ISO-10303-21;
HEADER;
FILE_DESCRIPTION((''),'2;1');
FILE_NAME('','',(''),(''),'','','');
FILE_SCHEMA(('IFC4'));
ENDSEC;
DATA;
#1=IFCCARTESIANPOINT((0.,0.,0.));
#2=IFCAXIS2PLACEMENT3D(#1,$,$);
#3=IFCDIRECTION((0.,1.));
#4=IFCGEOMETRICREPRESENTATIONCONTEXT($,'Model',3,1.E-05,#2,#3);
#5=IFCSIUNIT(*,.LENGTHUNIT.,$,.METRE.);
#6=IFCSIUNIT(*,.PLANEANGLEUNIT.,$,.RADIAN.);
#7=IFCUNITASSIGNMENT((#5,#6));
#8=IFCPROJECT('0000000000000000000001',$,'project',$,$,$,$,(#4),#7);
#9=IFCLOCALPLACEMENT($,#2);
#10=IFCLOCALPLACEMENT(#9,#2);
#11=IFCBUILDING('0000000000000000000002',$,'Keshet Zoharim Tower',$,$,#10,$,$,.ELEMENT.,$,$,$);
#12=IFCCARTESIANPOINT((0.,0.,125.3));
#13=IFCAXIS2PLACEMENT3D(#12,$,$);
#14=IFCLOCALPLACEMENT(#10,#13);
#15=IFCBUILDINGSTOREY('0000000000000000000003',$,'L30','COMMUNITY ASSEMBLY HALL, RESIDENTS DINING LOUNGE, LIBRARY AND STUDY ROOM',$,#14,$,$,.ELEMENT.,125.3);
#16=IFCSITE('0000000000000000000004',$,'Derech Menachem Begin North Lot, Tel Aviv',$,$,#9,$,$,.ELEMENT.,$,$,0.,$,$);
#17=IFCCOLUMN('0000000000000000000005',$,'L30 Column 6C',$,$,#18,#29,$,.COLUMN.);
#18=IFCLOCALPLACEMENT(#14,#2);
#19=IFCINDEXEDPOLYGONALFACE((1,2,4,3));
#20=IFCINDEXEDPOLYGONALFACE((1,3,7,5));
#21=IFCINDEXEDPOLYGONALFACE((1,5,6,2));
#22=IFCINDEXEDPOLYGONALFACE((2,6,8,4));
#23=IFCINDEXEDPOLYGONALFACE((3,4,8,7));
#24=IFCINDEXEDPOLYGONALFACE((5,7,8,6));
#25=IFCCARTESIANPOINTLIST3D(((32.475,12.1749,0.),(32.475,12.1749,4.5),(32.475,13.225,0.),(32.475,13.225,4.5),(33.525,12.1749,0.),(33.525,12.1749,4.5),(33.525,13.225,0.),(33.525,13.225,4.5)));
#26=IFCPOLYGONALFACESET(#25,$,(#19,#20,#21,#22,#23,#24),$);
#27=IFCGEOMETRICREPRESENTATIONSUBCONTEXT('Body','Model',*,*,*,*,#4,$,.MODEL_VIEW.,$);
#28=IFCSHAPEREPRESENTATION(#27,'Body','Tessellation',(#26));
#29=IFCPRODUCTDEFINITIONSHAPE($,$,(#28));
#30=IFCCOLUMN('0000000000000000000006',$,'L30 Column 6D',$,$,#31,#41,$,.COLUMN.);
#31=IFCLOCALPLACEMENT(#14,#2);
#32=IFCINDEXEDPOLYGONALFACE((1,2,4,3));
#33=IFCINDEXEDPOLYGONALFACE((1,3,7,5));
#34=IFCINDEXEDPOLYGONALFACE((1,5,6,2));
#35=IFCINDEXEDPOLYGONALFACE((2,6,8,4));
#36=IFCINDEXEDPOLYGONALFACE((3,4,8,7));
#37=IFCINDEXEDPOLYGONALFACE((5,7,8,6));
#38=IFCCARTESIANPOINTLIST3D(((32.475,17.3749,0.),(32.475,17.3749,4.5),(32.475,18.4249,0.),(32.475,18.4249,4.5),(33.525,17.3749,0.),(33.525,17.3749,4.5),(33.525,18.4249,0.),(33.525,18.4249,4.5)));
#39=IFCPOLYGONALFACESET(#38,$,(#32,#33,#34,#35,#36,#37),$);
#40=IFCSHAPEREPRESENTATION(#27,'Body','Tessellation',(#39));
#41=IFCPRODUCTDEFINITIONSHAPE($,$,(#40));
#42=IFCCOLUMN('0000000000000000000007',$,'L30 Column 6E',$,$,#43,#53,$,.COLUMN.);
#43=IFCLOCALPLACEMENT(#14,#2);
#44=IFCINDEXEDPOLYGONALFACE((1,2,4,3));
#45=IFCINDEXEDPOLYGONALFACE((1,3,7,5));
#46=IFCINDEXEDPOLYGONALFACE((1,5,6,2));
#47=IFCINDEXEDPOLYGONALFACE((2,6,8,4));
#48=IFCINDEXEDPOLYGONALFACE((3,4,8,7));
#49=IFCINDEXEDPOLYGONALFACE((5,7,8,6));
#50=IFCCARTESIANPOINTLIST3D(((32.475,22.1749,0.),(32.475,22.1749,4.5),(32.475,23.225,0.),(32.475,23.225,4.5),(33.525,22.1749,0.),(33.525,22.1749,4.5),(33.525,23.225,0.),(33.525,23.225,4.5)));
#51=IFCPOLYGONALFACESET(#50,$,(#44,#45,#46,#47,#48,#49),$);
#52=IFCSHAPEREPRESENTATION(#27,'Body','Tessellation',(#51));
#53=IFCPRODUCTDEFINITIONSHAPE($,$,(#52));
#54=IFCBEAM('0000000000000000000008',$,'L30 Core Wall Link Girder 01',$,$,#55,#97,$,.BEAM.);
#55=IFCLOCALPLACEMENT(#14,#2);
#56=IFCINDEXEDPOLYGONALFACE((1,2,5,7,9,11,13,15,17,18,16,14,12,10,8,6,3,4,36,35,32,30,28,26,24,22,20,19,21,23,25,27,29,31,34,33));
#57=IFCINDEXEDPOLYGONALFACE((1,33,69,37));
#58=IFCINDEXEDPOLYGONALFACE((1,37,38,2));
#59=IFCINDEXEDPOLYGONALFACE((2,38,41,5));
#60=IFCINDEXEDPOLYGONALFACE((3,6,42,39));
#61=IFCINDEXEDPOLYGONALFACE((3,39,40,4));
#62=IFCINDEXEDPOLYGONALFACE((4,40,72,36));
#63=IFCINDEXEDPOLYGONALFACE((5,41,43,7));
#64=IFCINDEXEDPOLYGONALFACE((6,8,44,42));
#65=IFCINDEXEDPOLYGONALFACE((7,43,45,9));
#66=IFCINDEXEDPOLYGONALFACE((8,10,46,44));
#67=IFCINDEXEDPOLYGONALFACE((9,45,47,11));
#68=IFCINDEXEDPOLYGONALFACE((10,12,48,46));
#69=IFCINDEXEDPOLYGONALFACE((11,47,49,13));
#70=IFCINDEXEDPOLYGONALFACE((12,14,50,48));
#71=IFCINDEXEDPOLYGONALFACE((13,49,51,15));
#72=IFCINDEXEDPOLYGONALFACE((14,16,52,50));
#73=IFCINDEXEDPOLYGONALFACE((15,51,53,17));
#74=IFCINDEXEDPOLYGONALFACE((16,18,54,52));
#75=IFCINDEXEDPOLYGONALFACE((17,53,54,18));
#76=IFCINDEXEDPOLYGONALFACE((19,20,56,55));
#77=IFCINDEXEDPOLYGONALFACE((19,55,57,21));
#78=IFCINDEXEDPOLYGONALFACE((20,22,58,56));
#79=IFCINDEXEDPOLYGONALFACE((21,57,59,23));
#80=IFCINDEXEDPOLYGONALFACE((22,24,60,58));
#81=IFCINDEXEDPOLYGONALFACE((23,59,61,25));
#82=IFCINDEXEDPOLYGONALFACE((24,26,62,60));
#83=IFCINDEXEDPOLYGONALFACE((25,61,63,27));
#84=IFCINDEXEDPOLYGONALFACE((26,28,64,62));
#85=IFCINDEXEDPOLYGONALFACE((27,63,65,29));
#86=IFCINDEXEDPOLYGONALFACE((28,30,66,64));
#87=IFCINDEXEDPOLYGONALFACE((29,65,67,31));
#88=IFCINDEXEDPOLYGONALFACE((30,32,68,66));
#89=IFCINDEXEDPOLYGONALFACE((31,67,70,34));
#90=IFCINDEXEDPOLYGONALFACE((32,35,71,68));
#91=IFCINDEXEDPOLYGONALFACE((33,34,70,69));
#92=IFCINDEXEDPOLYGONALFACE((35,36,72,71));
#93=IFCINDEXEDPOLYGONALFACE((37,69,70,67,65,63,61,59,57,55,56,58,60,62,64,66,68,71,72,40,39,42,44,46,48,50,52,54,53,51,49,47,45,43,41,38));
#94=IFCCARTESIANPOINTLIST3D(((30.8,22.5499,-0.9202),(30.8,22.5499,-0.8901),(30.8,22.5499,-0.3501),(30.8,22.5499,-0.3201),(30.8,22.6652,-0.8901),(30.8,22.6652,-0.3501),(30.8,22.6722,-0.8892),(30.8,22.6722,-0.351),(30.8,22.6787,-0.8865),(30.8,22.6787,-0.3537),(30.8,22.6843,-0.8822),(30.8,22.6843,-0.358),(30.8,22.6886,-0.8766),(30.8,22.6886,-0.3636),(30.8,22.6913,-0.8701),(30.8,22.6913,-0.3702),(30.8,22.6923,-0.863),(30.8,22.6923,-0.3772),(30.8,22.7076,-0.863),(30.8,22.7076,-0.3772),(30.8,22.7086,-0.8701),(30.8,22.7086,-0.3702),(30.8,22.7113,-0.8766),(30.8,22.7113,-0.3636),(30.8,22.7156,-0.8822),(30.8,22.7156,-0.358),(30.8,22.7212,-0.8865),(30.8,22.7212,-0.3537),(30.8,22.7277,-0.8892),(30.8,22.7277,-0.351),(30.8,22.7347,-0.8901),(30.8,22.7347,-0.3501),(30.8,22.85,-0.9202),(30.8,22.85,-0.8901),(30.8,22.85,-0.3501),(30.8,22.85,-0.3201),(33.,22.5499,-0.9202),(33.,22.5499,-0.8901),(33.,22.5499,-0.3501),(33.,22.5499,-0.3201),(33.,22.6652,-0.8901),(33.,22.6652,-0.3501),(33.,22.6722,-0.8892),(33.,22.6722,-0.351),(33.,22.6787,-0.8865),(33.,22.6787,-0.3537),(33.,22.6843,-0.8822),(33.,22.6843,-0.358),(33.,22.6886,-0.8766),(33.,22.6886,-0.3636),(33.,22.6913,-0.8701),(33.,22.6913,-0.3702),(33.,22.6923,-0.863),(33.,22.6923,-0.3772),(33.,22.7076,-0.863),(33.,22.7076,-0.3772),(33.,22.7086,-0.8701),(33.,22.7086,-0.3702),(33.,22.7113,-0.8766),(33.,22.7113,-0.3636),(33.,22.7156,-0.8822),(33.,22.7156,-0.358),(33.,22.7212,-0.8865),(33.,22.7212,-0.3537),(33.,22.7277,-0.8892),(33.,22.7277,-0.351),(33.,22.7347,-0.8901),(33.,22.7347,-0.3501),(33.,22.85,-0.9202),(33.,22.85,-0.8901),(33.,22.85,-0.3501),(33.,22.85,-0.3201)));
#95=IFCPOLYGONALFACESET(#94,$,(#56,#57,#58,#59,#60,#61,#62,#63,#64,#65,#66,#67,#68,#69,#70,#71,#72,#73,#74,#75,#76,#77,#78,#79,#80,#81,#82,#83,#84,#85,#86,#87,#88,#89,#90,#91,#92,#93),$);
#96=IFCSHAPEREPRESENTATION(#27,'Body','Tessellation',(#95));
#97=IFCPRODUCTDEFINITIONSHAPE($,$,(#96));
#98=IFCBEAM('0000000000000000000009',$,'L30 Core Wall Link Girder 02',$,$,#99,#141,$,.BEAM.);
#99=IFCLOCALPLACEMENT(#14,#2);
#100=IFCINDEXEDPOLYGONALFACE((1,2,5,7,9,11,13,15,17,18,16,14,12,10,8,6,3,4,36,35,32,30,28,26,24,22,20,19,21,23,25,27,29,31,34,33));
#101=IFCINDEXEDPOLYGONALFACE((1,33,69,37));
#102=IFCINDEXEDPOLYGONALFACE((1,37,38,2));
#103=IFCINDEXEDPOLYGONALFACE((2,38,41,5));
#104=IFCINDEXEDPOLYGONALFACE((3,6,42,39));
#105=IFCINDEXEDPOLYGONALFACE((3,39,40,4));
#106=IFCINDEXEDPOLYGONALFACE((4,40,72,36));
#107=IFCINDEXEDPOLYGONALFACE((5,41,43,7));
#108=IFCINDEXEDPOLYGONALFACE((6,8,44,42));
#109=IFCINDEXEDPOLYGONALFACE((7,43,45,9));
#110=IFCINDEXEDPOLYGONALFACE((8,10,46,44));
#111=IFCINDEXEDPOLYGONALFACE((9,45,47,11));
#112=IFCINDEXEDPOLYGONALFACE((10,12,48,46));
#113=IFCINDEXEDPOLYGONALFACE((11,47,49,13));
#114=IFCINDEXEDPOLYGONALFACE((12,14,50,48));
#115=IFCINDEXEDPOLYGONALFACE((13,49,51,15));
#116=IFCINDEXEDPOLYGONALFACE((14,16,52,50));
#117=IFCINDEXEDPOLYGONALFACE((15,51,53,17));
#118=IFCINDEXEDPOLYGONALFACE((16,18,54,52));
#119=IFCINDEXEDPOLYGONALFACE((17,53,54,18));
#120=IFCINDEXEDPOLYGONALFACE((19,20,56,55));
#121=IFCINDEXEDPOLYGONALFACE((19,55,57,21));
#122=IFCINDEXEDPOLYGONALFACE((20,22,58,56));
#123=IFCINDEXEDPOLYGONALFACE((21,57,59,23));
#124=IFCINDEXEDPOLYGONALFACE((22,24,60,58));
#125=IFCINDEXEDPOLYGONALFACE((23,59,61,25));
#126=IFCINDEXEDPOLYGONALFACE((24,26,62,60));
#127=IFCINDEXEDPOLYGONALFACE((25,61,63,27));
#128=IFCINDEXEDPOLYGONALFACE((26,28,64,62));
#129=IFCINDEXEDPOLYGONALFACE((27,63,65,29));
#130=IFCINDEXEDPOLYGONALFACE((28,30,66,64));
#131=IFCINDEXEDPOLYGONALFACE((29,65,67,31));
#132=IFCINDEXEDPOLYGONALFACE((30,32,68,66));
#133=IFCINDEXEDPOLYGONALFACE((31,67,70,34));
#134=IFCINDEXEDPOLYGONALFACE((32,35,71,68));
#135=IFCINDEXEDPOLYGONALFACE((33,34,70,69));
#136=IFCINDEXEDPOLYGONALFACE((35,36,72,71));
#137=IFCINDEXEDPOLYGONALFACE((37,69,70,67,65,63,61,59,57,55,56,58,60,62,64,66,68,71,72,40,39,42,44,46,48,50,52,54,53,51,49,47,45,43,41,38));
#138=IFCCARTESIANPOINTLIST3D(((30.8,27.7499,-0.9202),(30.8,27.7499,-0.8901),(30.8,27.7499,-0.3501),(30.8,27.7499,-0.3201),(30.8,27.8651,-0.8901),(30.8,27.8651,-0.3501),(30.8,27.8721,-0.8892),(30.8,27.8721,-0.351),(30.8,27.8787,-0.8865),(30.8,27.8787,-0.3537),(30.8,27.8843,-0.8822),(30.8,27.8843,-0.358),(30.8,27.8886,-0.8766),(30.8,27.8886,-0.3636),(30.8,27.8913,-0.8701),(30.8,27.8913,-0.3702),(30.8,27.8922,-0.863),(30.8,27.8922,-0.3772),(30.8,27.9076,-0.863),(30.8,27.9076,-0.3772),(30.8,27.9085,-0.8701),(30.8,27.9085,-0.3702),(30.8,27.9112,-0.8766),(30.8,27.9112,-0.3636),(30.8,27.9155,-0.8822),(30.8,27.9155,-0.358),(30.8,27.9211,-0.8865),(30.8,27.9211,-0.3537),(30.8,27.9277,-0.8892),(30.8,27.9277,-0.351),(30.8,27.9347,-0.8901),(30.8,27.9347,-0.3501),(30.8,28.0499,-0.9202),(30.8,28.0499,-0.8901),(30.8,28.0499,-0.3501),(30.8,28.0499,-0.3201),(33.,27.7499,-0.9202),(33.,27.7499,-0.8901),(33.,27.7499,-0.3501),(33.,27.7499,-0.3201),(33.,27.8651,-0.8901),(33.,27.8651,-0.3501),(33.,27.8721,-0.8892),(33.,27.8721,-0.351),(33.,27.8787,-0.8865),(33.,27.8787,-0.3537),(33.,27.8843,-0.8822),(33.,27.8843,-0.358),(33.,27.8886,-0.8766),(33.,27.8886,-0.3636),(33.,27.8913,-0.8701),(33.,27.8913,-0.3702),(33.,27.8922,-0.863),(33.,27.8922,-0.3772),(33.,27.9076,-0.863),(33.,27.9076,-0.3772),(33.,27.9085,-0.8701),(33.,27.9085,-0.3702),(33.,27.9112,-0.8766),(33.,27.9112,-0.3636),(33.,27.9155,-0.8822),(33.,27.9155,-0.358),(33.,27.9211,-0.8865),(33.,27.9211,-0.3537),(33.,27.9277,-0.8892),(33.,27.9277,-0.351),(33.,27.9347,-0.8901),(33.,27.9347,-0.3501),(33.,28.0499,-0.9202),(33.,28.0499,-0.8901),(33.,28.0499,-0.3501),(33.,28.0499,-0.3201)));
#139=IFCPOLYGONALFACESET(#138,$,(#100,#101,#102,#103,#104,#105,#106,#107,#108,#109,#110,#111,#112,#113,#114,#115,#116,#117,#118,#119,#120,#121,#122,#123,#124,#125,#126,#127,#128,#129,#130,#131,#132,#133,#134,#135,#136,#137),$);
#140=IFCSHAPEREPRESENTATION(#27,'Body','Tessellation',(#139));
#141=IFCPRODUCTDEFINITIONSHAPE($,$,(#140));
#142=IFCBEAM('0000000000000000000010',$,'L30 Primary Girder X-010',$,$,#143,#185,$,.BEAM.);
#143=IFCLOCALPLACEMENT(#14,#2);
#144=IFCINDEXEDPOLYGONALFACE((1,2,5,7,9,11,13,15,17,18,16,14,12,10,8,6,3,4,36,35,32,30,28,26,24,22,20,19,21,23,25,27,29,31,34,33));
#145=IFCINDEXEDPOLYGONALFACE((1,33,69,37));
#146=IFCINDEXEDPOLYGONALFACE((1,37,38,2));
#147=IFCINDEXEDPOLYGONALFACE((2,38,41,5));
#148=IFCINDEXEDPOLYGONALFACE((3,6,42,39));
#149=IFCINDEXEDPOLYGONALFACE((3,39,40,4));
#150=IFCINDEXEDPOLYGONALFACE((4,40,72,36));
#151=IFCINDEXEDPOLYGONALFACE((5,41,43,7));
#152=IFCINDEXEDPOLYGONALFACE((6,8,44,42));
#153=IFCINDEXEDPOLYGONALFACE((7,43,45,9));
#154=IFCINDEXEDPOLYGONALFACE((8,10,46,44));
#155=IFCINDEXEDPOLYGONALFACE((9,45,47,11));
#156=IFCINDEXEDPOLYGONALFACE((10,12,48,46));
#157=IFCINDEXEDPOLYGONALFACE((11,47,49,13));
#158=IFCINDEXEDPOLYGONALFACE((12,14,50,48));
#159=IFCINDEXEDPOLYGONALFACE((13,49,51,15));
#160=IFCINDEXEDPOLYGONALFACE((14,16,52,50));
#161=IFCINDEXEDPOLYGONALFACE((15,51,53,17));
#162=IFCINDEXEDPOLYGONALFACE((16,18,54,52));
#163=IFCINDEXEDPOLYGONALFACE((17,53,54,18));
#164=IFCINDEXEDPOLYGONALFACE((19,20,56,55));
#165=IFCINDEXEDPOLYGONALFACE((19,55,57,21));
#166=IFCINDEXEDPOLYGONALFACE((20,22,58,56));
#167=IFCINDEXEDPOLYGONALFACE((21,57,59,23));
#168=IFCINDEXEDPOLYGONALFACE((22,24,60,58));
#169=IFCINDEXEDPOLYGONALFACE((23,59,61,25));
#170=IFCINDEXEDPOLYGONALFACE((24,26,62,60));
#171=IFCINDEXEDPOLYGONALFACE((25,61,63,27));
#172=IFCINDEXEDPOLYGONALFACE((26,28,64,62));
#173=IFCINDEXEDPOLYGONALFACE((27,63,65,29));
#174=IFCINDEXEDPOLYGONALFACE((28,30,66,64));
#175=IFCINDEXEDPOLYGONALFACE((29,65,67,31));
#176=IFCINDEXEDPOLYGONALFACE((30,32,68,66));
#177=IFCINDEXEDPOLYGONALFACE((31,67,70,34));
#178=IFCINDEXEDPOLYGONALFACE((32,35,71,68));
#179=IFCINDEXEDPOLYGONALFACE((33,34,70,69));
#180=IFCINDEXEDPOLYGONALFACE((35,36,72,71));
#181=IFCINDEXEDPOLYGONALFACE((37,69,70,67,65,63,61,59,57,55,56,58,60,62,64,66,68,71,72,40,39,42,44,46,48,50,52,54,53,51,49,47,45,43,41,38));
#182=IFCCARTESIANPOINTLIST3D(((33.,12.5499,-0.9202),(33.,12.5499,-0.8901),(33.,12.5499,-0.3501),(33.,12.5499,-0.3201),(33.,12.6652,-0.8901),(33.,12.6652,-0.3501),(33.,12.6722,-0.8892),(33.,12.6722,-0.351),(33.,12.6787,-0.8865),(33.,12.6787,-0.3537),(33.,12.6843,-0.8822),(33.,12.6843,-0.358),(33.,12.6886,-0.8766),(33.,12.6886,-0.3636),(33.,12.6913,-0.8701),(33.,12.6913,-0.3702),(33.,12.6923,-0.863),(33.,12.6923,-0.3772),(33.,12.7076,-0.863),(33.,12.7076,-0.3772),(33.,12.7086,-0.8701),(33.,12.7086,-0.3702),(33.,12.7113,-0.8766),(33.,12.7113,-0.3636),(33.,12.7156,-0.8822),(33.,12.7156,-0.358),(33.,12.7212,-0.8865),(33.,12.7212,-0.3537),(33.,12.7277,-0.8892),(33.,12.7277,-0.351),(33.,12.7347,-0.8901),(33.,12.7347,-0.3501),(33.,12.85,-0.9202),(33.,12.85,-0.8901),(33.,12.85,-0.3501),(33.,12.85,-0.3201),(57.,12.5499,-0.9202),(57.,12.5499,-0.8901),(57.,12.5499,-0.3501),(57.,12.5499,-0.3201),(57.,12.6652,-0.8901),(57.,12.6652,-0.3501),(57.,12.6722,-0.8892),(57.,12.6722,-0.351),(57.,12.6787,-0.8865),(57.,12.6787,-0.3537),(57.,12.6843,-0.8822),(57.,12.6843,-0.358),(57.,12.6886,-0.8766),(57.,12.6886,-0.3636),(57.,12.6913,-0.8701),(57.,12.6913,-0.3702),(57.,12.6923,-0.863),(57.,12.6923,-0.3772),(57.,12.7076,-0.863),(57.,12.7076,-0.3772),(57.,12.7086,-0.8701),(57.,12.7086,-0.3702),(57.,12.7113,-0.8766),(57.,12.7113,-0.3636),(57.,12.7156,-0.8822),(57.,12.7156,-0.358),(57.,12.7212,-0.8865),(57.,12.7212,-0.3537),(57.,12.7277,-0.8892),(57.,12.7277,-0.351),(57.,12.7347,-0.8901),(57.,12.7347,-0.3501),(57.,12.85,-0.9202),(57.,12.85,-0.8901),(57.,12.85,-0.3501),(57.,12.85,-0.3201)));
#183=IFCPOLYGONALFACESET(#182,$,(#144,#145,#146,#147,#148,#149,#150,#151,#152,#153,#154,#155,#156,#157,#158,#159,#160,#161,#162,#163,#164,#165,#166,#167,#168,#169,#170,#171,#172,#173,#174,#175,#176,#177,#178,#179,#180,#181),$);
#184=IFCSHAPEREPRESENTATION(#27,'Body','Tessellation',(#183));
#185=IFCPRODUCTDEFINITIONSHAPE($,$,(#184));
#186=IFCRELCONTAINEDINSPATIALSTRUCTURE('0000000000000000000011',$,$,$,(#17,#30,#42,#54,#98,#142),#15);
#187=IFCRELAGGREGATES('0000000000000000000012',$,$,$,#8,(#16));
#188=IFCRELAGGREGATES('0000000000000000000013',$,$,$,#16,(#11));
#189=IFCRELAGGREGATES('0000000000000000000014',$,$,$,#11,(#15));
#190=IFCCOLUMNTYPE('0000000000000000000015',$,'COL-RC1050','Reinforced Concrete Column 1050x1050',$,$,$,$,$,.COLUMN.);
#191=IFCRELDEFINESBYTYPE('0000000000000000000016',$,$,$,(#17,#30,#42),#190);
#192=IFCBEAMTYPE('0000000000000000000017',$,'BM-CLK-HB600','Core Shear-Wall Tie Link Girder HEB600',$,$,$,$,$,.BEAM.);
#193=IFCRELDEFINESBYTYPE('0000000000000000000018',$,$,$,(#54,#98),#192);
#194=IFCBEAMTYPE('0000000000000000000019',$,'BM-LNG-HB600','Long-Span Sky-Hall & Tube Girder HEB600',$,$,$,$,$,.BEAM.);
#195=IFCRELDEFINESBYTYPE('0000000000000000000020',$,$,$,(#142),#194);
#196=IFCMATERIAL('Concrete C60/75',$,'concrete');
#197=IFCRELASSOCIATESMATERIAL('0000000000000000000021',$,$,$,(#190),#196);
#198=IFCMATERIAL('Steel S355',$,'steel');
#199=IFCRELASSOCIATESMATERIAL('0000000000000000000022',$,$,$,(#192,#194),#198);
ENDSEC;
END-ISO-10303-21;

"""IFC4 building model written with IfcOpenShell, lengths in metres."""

from ifc_helpers import new_model, si_unit, direction, frame, origin, origin_2d, place, context, subcontext, project, spatial, rectangle, i_section, extrude, material, material_profile, profile_set, type_object, element, save


model = new_model("IFC4")

# Units and contexts
model_context = context("Model", 3, precision=1e-05, world=origin(), true_north=direction((0.0, 1.0)))
body_context = subcontext(model_context, "Body", "Model", "MODEL_VIEW")
ifc_project = project(units=[si_unit("LENGTHUNIT", "METRE"), si_unit("PLANEANGLEUNIT", "RADIAN")], contexts=[model_context])

# Site, building, storey
site_placement = place(None, origin())
site = spatial("IfcSite", under=ifc_project, at=site_placement, Name="Derech Menachem Begin North Lot, Tel Aviv", CompositionType="ELEMENT", RefElevation=0.0)
building_placement = place(site_placement, origin())
building = spatial("IfcBuilding", under=site, at=building_placement, Name="Keshet Zoharim Tower", CompositionType="ELEMENT")
storey_placement = place(building_placement, frame((0.0, 0.0, 125.3)))
storey = spatial("IfcBuildingStorey", under=building, at=storey_placement, Name="L30", Description="COMMUNITY ASSEMBLY HALL, RESIDENTS DINING LOUNGE, LIBRARY AND STUDY ROOM", CompositionType="ELEMENT", Elevation=125.3)

# Columns
ifc_material_1 = material(Name="Concrete C60/75", Category="concrete")
ifc_material_profile_1 = material_profile(ifc_material_1, rectangle(XDim=1.05, YDim=1.05, at=origin_2d()), Name="RC1050x1050")
ifc_profile_set_1 = profile_set([ifc_material_profile_1], Name="Concrete C60/75")
column_type = type_object("IfcColumnType", Name="COL-RC1050", Description="Reinforced Concrete Column 1050x1050", PredefinedType="COLUMN", material=ifc_profile_set_1)
for number, where, z_axis, x_axis, name in (
    (1, (33.0, 12.7, 0.0), (0.0, 0.0, 1.0), (1.0, 0.0, 0.0), "L30 Column 6C"),
    (2, (33.0, 17.8999, 0.0), (0.0, 0.0, 1.0), (1.0, 0.0, 0.0), "L30 Column 6D"),
    (3, (33.0, 22.7, 0.0), (0.0, 0.0, 1.0), (1.0, 0.0, 0.0), "L30 Column 6E"),
):
    element("IfcColumn", number, at=place(storey_placement, frame(where, z_axis=z_axis, x_axis=x_axis)), inside=storey, type_object=column_type, Name=name, PredefinedType="COLUMN", context=body_context, shape_type="SweptSolid", body=[
        extrude(rectangle(XDim=1.05, YDim=1.05, at=origin_2d()), origin(), (0.0, 0.0, 1.0), 4.5),
    ])

# Beams
ifc_material_2 = material(Name="Steel S355", Category="steel")
ifc_material_profile_2 = material_profile(ifc_material_2, i_section(OverallWidth=0.3, OverallDepth=0.6001, WebThickness=0.0154, FlangeThickness=0.03, FilletRadius=0.0271, at=origin_2d()), Name="HEB600")
ifc_profile_set_2 = profile_set([ifc_material_profile_2], Name="Steel S355")
beam_type_1 = type_object("IfcBeamType", Name="BM-CLK-HB600", Description="Core Shear-Wall Tie Link Girder HEB600", PredefinedType="BEAM", material=ifc_profile_set_2)
for number, where, z_axis, x_axis, name in (
    (4, (30.8, 22.7, -0.6201), (1.0, 0.0, 0.0), (0.0, 1.0, 0.0), "L30 Core Wall Link Girder 01"),
    (5, (30.8, 27.8999, -0.6201), (1.0, 0.0, 0.0), (0.0, 1.0, 0.0), "L30 Core Wall Link Girder 02"),
):
    element("IfcBeam", number, at=place(storey_placement, frame(where, z_axis=z_axis, x_axis=x_axis)), inside=storey, type_object=beam_type_1, Name=name, PredefinedType="BEAM", context=body_context, shape_type="SweptSolid", body=[
        extrude(i_section(OverallWidth=0.3, OverallDepth=0.6001, WebThickness=0.0154, FlangeThickness=0.03, FilletRadius=0.0271, at=origin_2d()), origin(), (0.0, 0.0, 1.0), 2.2),
    ])
ifc_material_profile_3 = material_profile(ifc_material_2, i_section(OverallWidth=0.3, OverallDepth=0.6001, WebThickness=0.0154, FlangeThickness=0.03, FilletRadius=0.0271, at=origin_2d()), Name="HEB600")
ifc_profile_set_3 = profile_set([ifc_material_profile_3], Name="Steel S355")
beam_type_2 = type_object("IfcBeamType", Name="BM-LNG-HB600", Description="Long-Span Sky-Hall & Tube Girder HEB600", PredefinedType="BEAM", material=ifc_profile_set_3)
for number, where, z_axis, x_axis, name in (
    (6, (33.0, 12.7, -0.6201), (1.0, 0.0, 0.0), (0.0, 1.0, 0.0), "L30 Primary Girder X-010"),
):
    element("IfcBeam", number, at=place(storey_placement, frame(where, z_axis=z_axis, x_axis=x_axis)), inside=storey, type_object=beam_type_2, Name=name, PredefinedType="BEAM", context=body_context, shape_type="SweptSolid", body=[
        extrude(i_section(OverallWidth=0.3, OverallDepth=0.6001, WebThickness=0.0154, FlangeThickness=0.03, FilletRadius=0.0271, at=origin_2d()), origin(), (0.0, 0.0, 1.0), 24.0),
    ])

save(model, "model.ifc")
